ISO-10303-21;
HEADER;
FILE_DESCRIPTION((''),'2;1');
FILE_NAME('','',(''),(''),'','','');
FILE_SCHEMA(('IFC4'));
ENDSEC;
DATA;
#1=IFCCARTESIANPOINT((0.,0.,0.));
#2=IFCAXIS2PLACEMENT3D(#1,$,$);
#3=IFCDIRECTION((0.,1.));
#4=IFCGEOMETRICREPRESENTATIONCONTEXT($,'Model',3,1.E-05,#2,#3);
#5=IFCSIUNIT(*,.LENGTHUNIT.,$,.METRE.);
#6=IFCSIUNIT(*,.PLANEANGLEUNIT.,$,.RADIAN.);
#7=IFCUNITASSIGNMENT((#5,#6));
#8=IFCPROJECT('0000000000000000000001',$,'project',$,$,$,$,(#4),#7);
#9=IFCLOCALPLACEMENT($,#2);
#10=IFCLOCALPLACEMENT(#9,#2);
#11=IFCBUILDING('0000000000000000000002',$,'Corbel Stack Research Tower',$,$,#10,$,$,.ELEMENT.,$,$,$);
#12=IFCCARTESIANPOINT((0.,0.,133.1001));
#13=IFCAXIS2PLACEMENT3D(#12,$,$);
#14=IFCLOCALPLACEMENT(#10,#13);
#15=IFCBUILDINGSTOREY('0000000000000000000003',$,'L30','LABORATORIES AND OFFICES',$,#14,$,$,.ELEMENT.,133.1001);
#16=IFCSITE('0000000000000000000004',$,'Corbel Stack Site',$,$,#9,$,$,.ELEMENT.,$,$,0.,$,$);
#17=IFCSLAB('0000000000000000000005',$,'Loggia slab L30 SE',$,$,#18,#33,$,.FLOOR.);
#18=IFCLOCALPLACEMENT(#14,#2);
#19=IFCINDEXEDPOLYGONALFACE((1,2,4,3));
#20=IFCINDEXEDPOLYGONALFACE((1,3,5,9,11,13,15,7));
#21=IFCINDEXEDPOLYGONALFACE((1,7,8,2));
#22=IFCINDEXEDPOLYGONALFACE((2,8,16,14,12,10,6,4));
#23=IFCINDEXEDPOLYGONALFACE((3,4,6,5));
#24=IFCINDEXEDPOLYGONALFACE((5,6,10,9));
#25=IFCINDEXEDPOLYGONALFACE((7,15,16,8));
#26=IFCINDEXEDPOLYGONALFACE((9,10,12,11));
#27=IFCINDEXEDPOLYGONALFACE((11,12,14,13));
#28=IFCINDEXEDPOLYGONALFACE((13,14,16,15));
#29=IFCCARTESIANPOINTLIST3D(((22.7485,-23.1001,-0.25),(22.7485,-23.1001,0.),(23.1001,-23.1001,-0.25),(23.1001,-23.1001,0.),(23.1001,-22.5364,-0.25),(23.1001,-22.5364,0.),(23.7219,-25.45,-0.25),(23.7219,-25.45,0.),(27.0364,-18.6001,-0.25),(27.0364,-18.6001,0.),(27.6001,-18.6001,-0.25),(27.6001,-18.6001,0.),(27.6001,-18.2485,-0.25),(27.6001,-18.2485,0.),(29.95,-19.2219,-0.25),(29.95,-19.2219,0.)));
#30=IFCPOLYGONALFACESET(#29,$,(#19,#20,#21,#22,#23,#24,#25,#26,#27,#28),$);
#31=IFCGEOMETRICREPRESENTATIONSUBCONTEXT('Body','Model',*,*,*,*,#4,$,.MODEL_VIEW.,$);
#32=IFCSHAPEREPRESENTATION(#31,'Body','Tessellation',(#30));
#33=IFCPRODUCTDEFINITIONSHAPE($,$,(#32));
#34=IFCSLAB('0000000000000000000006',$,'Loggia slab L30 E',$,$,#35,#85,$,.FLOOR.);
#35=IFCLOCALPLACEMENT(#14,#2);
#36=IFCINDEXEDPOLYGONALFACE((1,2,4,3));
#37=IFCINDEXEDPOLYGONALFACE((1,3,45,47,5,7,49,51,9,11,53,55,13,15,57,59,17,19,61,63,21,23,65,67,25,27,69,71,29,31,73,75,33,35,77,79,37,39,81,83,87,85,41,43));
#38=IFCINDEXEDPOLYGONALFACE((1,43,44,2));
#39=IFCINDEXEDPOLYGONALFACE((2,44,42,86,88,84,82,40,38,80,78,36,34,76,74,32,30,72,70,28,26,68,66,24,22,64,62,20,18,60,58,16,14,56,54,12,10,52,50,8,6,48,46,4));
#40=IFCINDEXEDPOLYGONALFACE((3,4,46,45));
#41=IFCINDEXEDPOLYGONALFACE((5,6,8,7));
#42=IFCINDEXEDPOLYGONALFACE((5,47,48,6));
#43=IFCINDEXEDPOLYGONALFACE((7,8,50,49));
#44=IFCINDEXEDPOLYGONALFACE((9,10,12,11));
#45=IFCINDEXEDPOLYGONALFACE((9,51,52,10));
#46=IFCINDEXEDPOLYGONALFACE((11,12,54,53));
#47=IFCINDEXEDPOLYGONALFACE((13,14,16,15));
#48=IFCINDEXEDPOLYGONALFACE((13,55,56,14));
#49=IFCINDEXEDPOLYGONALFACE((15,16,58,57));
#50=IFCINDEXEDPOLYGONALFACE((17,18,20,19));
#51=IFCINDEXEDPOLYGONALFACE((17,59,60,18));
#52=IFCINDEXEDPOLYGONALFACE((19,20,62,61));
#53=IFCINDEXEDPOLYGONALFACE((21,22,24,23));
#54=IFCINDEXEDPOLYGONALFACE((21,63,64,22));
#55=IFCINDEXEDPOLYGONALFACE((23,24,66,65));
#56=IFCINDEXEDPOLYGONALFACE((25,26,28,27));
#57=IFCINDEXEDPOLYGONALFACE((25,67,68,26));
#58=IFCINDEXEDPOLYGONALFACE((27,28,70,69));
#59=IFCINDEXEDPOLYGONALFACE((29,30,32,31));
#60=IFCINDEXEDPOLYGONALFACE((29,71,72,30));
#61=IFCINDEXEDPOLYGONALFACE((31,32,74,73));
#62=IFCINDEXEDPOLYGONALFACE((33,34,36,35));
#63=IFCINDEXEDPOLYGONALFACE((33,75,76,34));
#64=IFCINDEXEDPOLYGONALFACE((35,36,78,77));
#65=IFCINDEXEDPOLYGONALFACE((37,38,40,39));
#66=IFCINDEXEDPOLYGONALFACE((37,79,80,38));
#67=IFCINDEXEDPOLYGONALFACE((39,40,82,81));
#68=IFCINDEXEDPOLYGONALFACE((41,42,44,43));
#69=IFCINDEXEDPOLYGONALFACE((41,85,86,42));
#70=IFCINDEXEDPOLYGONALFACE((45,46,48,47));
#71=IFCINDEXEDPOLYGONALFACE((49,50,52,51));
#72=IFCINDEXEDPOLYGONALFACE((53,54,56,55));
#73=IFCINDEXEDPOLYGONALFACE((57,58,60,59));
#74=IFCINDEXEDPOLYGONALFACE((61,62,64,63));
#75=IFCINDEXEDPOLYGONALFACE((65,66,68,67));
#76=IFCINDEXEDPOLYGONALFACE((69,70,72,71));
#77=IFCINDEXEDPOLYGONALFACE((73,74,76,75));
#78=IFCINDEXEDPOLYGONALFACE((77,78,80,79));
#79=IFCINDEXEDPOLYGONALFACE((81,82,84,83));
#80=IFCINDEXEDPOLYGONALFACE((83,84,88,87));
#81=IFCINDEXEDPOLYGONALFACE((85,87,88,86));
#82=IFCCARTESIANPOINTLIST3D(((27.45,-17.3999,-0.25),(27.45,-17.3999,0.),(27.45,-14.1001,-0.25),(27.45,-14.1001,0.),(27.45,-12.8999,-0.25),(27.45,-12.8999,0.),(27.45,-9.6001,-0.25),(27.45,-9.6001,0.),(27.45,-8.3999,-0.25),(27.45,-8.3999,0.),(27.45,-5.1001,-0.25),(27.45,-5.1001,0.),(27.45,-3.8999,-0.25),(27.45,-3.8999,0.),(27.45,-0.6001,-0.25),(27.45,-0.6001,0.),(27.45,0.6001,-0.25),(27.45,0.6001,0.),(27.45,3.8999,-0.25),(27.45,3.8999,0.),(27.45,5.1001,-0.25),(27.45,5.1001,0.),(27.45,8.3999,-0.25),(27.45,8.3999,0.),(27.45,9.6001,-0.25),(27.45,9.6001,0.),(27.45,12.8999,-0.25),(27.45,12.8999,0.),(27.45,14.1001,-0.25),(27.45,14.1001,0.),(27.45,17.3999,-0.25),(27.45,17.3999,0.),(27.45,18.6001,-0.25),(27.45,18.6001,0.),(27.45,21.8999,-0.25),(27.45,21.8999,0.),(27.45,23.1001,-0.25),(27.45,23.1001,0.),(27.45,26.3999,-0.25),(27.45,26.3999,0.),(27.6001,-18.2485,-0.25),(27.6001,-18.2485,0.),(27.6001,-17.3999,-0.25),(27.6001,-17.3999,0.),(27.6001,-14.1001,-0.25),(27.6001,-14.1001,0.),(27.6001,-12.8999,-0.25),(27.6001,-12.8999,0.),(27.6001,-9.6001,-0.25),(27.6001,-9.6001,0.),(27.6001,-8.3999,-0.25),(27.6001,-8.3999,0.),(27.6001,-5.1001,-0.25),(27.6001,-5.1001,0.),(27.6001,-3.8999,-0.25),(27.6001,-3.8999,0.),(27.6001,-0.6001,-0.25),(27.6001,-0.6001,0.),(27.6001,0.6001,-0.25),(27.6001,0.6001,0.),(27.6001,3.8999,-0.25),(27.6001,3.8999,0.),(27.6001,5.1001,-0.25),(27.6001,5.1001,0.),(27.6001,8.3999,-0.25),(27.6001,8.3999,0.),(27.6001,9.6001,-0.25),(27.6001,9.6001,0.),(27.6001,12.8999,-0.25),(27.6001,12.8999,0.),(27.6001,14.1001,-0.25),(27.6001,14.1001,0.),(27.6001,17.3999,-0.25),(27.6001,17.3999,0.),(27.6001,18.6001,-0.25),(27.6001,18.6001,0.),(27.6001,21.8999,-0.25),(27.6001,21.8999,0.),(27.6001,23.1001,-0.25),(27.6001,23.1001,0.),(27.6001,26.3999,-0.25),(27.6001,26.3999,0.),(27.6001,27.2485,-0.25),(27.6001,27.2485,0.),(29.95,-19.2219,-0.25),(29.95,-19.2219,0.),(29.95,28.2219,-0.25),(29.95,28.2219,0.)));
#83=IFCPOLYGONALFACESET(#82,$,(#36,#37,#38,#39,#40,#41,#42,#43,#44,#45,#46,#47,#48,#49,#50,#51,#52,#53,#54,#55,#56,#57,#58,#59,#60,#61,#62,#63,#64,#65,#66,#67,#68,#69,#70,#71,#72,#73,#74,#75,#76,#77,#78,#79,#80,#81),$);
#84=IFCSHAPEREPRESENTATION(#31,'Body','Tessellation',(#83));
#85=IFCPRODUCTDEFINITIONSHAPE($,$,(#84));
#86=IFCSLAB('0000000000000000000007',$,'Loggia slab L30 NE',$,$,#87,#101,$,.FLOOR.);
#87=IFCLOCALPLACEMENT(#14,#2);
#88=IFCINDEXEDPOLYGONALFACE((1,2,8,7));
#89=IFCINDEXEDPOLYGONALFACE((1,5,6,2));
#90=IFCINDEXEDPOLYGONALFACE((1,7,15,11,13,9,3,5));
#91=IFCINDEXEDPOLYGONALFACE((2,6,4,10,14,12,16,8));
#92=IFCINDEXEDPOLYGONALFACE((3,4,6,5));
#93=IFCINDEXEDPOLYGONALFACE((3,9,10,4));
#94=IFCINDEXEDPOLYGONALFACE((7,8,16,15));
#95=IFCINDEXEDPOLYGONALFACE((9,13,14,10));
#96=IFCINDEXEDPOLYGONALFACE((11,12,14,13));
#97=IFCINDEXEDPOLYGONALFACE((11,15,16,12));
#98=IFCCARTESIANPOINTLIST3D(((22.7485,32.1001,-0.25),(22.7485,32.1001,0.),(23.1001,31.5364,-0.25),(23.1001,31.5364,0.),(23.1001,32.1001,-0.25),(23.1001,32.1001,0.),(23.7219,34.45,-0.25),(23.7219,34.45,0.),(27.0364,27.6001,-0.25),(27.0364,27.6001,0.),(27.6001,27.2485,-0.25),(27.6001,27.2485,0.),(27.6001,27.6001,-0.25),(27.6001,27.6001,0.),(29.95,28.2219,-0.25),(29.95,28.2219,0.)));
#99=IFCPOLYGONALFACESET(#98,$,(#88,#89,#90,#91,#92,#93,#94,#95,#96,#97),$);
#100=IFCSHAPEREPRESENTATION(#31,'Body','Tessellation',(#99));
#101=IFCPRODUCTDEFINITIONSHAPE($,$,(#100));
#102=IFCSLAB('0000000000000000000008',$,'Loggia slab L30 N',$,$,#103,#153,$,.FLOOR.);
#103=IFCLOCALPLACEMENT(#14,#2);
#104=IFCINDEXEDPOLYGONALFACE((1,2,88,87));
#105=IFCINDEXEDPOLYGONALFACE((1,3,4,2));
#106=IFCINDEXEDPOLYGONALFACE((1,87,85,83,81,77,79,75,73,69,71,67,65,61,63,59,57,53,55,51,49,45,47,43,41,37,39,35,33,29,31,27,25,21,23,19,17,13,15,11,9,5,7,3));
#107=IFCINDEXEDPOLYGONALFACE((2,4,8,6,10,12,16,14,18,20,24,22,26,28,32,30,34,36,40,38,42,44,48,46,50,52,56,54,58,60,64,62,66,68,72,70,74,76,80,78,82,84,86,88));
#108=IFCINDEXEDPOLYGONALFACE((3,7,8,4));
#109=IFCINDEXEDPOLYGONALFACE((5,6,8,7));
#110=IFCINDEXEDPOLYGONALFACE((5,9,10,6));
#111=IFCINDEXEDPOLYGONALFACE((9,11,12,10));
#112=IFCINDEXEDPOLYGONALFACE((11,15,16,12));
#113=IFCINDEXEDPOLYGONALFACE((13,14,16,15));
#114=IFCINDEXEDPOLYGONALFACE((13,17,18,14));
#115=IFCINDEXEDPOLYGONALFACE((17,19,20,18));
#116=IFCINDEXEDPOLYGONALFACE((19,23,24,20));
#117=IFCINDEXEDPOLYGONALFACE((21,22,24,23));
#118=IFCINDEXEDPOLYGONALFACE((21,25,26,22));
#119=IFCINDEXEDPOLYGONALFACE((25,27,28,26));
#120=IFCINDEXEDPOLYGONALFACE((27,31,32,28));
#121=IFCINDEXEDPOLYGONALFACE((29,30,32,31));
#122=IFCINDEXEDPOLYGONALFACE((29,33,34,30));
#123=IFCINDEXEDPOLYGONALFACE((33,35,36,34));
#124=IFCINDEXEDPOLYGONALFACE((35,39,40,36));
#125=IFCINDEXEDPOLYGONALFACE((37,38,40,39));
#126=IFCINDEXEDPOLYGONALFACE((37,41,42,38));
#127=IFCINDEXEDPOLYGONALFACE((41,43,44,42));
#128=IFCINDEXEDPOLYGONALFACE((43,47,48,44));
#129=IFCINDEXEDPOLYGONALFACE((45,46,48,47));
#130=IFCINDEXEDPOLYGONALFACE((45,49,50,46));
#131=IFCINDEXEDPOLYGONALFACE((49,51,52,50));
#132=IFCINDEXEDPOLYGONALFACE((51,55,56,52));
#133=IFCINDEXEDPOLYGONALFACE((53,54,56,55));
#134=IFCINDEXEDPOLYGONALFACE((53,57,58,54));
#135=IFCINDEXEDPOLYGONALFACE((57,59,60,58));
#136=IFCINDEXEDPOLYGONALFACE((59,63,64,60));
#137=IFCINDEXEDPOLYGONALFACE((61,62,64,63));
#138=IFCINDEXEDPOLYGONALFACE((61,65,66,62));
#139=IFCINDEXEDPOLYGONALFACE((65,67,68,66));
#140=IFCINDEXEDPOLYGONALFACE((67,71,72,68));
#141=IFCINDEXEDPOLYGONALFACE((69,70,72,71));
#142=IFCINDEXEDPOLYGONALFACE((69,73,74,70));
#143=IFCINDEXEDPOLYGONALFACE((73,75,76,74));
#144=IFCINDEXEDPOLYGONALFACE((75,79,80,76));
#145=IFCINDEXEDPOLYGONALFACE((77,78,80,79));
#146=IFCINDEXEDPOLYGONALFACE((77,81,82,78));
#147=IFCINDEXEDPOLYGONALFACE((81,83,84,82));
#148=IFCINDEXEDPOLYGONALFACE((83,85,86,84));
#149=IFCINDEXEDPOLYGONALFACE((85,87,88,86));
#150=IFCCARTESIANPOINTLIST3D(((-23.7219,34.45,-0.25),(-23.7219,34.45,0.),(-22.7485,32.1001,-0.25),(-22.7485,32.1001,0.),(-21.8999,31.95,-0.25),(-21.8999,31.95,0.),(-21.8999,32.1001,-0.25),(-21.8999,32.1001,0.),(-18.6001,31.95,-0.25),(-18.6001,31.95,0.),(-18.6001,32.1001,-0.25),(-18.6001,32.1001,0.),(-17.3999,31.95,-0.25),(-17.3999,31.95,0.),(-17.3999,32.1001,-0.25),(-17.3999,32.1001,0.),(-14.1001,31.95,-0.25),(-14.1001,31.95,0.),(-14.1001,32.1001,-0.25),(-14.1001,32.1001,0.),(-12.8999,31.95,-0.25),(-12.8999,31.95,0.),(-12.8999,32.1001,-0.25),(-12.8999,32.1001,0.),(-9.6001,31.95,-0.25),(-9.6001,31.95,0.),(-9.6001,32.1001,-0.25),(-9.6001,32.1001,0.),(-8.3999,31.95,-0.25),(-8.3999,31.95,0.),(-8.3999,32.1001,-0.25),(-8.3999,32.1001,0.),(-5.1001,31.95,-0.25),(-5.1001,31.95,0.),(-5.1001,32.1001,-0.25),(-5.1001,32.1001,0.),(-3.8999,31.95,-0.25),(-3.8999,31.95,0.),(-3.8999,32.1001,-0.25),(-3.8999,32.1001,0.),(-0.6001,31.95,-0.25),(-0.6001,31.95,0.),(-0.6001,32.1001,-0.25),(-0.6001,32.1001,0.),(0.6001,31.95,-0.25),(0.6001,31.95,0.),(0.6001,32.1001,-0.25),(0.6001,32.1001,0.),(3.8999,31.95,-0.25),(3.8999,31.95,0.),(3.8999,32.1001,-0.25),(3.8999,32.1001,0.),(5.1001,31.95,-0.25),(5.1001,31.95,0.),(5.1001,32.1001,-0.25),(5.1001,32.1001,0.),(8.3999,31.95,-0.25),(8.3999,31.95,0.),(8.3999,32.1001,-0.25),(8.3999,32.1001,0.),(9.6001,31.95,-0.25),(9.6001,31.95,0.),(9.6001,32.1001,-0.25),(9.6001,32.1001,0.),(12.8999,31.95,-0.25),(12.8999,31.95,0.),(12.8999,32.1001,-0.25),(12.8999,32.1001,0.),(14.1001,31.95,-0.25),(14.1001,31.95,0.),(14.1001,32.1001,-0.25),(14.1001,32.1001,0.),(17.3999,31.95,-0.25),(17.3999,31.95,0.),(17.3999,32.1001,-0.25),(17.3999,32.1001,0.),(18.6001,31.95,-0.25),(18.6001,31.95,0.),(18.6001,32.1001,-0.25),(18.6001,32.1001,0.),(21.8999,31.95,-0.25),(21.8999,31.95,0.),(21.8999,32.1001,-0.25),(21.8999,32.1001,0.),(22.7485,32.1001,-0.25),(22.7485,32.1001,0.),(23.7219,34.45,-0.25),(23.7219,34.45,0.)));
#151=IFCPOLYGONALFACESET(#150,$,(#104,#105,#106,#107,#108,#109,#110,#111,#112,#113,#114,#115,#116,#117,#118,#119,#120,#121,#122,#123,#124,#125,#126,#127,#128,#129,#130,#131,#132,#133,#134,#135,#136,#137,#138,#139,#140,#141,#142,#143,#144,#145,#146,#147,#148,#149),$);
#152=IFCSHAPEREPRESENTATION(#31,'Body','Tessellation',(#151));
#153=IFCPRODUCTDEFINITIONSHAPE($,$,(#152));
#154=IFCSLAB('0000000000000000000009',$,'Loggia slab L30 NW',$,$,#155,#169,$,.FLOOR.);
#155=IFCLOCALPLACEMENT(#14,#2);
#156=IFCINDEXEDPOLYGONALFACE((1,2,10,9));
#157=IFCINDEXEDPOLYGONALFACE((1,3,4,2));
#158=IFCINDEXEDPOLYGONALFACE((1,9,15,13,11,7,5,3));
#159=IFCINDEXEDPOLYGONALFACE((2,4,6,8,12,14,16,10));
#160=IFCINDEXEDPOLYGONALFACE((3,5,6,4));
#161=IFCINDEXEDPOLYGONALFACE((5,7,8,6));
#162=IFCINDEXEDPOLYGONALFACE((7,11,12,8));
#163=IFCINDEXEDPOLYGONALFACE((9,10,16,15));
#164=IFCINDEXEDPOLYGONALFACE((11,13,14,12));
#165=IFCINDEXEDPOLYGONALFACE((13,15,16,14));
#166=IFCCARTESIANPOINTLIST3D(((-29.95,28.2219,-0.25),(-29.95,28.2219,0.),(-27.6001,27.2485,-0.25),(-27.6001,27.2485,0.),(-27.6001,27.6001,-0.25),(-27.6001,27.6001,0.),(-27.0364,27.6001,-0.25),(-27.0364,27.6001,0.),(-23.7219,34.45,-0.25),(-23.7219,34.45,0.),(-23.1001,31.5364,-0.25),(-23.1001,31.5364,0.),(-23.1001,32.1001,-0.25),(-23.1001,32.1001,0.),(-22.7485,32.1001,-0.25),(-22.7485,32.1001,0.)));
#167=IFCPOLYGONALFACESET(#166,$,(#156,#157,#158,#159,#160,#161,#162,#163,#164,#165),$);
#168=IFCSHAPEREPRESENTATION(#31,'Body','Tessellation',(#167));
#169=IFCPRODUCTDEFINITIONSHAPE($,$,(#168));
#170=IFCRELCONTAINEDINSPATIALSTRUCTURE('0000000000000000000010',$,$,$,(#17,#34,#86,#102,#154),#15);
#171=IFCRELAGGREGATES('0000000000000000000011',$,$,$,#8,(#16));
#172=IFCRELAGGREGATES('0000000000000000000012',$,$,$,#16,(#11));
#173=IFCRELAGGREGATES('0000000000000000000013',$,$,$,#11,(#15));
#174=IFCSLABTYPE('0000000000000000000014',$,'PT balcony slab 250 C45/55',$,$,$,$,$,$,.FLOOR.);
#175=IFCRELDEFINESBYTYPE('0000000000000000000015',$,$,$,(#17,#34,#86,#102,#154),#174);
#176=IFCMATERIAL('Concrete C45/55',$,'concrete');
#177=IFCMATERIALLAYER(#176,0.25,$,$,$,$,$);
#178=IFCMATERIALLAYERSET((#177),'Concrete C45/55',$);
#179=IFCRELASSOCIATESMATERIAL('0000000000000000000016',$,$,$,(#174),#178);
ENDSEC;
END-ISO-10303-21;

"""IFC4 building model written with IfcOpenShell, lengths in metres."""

from ifc_helpers import new_model, si_unit, direction, frame, origin, place, context, subcontext, project, spatial, polyline, outline, extrude, material, layer, layer_set, type_object, element, save


model = new_model("IFC4")

# Units and contexts
model_context = context("Model", 3, precision=1e-05, world=origin(), true_north=direction((0.0, 1.0)))
body_context = subcontext(model_context, "Body", "Model", "MODEL_VIEW")
ifc_project = project(units=[si_unit("LENGTHUNIT", "METRE"), si_unit("PLANEANGLEUNIT", "RADIAN")], contexts=[model_context])

# Site, building, storey
site_placement = place(None, origin())
site = spatial("IfcSite", under=ifc_project, at=site_placement, Name="Corbel Stack Site", CompositionType="ELEMENT", RefElevation=0.0)
building_placement = place(site_placement, origin())
building = spatial("IfcBuilding", under=site, at=building_placement, Name="Corbel Stack Research Tower", CompositionType="ELEMENT")
storey_placement = place(building_placement, frame((0.0, 0.0, 133.1001)))
storey = spatial("IfcBuildingStorey", under=building, at=storey_placement, Name="L30", Description="LABORATORIES AND OFFICES", CompositionType="ELEMENT", Elevation=133.1001)

# Slabs
ifc_material_1 = material(Name="Concrete C45/55", Category="concrete")
ifc_layer_1 = layer(ifc_material_1, 0.25)
ifc_layer_set_1 = layer_set([ifc_layer_1], Name="Concrete C45/55")
slab_type_1 = type_object("IfcSlabType", Name="PT balcony slab 250 C45/55", PredefinedType="FLOOR", material=ifc_layer_set_1)
slab_1_placement = place(storey_placement, frame((0.0, 0.0, -0.25)))
element("IfcSlab", 1, at=slab_1_placement, inside=storey, type_object=slab_type_1, Name="Loggia slab L30 SE", PredefinedType="FLOOR", context=body_context, shape_type="SweptSolid", body=[
    extrude(outline(polyline([(27.6001, -18.2485), (27.6001, -18.6001), (27.0364, -18.6001), (23.1001, -22.5364), (23.1001, -23.1001), (22.7485, -23.1001), (23.7219, -25.45), (29.95, -19.2219), (27.6001, -18.2485)])), origin(), (0.0, 0.0, 1.0), 0.25),
])
slab_2_placement = place(storey_placement, frame((0.0, 0.0, -0.25)))
element("IfcSlab", 2, at=slab_2_placement, inside=storey, type_object=slab_type_1, Name="Loggia slab L30 E", PredefinedType="FLOOR", context=body_context, shape_type="SweptSolid", body=[
    extrude(outline(polyline([(27.6001, 27.2485), (27.6001, 26.3999), (27.45, 26.3999), (27.45, 23.1001), (27.6001, 23.1001), (27.6001, 21.8999), (27.45, 21.8999), (27.45, 18.6001), (27.6001, 18.6001), (27.6001, 17.3999), (27.45, 17.3999), (27.45, 14.1001), (27.6001, 14.1001), (27.6001, 12.8999), (27.45, 12.8999), (27.45, 9.6001), (27.6001, 9.6001), (27.6001, 8.3999), (27.45, 8.3999), (27.45, 5.1001), (27.6001, 5.1001), (27.6001, 3.8999), (27.45, 3.8999), (27.45, 0.6001), (27.6001, 0.6001), (27.6001, -0.6001), (27.45, -0.6001), (27.45, -3.8999), (27.6001, -3.8999), (27.6001, -5.1001), (27.45, -5.1001), (27.45, -8.3999), (27.6001, -8.3999), (27.6001, -9.6001), (27.45, -9.6001), (27.45, -12.8999), (27.6001, -12.8999), (27.6001, -14.1001), (27.45, -14.1001), (27.45, -17.3999), (27.6001, -17.3999), (27.6001, -18.2485), (29.95, -19.2219), (29.95, 28.2219), (27.6001, 27.2485)])), origin(), (0.0, 0.0, 1.0), 0.25),
])
slab_3_placement = place(storey_placement, frame((0.0, 0.0, -0.25)))
element("IfcSlab", 3, at=slab_3_placement, inside=storey, type_object=slab_type_1, Name="Loggia slab L30 NE", PredefinedType="FLOOR", context=body_context, shape_type="SweptSolid", body=[
    extrude(outline(polyline([(22.7485, 32.1001), (23.1001, 32.1001), (23.1001, 31.5364), (27.0364, 27.6001), (27.6001, 27.6001), (27.6001, 27.2485), (29.95, 28.2219), (23.7219, 34.45), (22.7485, 32.1001)])), origin(), (0.0, 0.0, 1.0), 0.25),
])
slab_4_placement = place(storey_placement, frame((0.0, 0.0, -0.25)))
element("IfcSlab", 4, at=slab_4_placement, inside=storey, type_object=slab_type_1, Name="Loggia slab L30 N", PredefinedType="FLOOR", context=body_context, shape_type="SweptSolid", body=[
    extrude(outline(polyline([(-22.7485, 32.1001), (-21.8999, 32.1001), (-21.8999, 31.95), (-18.6001, 31.95), (-18.6001, 32.1001), (-17.3999, 32.1001), (-17.3999, 31.95), (-14.1001, 31.95), (-14.1001, 32.1001), (-12.8999, 32.1001), (-12.8999, 31.95), (-9.6001, 31.95), (-9.6001, 32.1001), (-8.3999, 32.1001), (-8.3999, 31.95), (-5.1001, 31.95), (-5.1001, 32.1001), (-3.8999, 32.1001), (-3.8999, 31.95), (-0.6001, 31.95), (-0.6001, 32.1001), (0.6001, 32.1001), (0.6001, 31.95), (3.8999, 31.95), (3.8999, 32.1001), (5.1001, 32.1001), (5.1001, 31.95), (8.3999, 31.95), (8.3999, 32.1001), (9.6001, 32.1001), (9.6001, 31.95), (12.8999, 31.95), (12.8999, 32.1001), (14.1001, 32.1001), (14.1001, 31.95), (17.3999, 31.95), (17.3999, 32.1001), (18.6001, 32.1001), (18.6001, 31.95), (21.8999, 31.95), (21.8999, 32.1001), (22.7485, 32.1001), (23.7219, 34.45), (-23.7219, 34.45), (-22.7485, 32.1001)])), origin(), (0.0, 0.0, 1.0), 0.25),
])
slab_5_placement = place(storey_placement, frame((0.0, 0.0, -0.25)))
element("IfcSlab", 5, at=slab_5_placement, inside=storey, type_object=slab_type_1, Name="Loggia slab L30 NW", PredefinedType="FLOOR", context=body_context, shape_type="SweptSolid", body=[
    extrude(outline(polyline([(-27.6001, 27.2485), (-27.6001, 27.6001), (-27.0364, 27.6001), (-23.1001, 31.5364), (-23.1001, 32.1001), (-22.7485, 32.1001), (-23.7219, 34.45), (-29.95, 28.2219), (-27.6001, 27.2485)])), origin(), (0.0, 0.0, 1.0), 0.25),
])

save(model, "model.ifc")
